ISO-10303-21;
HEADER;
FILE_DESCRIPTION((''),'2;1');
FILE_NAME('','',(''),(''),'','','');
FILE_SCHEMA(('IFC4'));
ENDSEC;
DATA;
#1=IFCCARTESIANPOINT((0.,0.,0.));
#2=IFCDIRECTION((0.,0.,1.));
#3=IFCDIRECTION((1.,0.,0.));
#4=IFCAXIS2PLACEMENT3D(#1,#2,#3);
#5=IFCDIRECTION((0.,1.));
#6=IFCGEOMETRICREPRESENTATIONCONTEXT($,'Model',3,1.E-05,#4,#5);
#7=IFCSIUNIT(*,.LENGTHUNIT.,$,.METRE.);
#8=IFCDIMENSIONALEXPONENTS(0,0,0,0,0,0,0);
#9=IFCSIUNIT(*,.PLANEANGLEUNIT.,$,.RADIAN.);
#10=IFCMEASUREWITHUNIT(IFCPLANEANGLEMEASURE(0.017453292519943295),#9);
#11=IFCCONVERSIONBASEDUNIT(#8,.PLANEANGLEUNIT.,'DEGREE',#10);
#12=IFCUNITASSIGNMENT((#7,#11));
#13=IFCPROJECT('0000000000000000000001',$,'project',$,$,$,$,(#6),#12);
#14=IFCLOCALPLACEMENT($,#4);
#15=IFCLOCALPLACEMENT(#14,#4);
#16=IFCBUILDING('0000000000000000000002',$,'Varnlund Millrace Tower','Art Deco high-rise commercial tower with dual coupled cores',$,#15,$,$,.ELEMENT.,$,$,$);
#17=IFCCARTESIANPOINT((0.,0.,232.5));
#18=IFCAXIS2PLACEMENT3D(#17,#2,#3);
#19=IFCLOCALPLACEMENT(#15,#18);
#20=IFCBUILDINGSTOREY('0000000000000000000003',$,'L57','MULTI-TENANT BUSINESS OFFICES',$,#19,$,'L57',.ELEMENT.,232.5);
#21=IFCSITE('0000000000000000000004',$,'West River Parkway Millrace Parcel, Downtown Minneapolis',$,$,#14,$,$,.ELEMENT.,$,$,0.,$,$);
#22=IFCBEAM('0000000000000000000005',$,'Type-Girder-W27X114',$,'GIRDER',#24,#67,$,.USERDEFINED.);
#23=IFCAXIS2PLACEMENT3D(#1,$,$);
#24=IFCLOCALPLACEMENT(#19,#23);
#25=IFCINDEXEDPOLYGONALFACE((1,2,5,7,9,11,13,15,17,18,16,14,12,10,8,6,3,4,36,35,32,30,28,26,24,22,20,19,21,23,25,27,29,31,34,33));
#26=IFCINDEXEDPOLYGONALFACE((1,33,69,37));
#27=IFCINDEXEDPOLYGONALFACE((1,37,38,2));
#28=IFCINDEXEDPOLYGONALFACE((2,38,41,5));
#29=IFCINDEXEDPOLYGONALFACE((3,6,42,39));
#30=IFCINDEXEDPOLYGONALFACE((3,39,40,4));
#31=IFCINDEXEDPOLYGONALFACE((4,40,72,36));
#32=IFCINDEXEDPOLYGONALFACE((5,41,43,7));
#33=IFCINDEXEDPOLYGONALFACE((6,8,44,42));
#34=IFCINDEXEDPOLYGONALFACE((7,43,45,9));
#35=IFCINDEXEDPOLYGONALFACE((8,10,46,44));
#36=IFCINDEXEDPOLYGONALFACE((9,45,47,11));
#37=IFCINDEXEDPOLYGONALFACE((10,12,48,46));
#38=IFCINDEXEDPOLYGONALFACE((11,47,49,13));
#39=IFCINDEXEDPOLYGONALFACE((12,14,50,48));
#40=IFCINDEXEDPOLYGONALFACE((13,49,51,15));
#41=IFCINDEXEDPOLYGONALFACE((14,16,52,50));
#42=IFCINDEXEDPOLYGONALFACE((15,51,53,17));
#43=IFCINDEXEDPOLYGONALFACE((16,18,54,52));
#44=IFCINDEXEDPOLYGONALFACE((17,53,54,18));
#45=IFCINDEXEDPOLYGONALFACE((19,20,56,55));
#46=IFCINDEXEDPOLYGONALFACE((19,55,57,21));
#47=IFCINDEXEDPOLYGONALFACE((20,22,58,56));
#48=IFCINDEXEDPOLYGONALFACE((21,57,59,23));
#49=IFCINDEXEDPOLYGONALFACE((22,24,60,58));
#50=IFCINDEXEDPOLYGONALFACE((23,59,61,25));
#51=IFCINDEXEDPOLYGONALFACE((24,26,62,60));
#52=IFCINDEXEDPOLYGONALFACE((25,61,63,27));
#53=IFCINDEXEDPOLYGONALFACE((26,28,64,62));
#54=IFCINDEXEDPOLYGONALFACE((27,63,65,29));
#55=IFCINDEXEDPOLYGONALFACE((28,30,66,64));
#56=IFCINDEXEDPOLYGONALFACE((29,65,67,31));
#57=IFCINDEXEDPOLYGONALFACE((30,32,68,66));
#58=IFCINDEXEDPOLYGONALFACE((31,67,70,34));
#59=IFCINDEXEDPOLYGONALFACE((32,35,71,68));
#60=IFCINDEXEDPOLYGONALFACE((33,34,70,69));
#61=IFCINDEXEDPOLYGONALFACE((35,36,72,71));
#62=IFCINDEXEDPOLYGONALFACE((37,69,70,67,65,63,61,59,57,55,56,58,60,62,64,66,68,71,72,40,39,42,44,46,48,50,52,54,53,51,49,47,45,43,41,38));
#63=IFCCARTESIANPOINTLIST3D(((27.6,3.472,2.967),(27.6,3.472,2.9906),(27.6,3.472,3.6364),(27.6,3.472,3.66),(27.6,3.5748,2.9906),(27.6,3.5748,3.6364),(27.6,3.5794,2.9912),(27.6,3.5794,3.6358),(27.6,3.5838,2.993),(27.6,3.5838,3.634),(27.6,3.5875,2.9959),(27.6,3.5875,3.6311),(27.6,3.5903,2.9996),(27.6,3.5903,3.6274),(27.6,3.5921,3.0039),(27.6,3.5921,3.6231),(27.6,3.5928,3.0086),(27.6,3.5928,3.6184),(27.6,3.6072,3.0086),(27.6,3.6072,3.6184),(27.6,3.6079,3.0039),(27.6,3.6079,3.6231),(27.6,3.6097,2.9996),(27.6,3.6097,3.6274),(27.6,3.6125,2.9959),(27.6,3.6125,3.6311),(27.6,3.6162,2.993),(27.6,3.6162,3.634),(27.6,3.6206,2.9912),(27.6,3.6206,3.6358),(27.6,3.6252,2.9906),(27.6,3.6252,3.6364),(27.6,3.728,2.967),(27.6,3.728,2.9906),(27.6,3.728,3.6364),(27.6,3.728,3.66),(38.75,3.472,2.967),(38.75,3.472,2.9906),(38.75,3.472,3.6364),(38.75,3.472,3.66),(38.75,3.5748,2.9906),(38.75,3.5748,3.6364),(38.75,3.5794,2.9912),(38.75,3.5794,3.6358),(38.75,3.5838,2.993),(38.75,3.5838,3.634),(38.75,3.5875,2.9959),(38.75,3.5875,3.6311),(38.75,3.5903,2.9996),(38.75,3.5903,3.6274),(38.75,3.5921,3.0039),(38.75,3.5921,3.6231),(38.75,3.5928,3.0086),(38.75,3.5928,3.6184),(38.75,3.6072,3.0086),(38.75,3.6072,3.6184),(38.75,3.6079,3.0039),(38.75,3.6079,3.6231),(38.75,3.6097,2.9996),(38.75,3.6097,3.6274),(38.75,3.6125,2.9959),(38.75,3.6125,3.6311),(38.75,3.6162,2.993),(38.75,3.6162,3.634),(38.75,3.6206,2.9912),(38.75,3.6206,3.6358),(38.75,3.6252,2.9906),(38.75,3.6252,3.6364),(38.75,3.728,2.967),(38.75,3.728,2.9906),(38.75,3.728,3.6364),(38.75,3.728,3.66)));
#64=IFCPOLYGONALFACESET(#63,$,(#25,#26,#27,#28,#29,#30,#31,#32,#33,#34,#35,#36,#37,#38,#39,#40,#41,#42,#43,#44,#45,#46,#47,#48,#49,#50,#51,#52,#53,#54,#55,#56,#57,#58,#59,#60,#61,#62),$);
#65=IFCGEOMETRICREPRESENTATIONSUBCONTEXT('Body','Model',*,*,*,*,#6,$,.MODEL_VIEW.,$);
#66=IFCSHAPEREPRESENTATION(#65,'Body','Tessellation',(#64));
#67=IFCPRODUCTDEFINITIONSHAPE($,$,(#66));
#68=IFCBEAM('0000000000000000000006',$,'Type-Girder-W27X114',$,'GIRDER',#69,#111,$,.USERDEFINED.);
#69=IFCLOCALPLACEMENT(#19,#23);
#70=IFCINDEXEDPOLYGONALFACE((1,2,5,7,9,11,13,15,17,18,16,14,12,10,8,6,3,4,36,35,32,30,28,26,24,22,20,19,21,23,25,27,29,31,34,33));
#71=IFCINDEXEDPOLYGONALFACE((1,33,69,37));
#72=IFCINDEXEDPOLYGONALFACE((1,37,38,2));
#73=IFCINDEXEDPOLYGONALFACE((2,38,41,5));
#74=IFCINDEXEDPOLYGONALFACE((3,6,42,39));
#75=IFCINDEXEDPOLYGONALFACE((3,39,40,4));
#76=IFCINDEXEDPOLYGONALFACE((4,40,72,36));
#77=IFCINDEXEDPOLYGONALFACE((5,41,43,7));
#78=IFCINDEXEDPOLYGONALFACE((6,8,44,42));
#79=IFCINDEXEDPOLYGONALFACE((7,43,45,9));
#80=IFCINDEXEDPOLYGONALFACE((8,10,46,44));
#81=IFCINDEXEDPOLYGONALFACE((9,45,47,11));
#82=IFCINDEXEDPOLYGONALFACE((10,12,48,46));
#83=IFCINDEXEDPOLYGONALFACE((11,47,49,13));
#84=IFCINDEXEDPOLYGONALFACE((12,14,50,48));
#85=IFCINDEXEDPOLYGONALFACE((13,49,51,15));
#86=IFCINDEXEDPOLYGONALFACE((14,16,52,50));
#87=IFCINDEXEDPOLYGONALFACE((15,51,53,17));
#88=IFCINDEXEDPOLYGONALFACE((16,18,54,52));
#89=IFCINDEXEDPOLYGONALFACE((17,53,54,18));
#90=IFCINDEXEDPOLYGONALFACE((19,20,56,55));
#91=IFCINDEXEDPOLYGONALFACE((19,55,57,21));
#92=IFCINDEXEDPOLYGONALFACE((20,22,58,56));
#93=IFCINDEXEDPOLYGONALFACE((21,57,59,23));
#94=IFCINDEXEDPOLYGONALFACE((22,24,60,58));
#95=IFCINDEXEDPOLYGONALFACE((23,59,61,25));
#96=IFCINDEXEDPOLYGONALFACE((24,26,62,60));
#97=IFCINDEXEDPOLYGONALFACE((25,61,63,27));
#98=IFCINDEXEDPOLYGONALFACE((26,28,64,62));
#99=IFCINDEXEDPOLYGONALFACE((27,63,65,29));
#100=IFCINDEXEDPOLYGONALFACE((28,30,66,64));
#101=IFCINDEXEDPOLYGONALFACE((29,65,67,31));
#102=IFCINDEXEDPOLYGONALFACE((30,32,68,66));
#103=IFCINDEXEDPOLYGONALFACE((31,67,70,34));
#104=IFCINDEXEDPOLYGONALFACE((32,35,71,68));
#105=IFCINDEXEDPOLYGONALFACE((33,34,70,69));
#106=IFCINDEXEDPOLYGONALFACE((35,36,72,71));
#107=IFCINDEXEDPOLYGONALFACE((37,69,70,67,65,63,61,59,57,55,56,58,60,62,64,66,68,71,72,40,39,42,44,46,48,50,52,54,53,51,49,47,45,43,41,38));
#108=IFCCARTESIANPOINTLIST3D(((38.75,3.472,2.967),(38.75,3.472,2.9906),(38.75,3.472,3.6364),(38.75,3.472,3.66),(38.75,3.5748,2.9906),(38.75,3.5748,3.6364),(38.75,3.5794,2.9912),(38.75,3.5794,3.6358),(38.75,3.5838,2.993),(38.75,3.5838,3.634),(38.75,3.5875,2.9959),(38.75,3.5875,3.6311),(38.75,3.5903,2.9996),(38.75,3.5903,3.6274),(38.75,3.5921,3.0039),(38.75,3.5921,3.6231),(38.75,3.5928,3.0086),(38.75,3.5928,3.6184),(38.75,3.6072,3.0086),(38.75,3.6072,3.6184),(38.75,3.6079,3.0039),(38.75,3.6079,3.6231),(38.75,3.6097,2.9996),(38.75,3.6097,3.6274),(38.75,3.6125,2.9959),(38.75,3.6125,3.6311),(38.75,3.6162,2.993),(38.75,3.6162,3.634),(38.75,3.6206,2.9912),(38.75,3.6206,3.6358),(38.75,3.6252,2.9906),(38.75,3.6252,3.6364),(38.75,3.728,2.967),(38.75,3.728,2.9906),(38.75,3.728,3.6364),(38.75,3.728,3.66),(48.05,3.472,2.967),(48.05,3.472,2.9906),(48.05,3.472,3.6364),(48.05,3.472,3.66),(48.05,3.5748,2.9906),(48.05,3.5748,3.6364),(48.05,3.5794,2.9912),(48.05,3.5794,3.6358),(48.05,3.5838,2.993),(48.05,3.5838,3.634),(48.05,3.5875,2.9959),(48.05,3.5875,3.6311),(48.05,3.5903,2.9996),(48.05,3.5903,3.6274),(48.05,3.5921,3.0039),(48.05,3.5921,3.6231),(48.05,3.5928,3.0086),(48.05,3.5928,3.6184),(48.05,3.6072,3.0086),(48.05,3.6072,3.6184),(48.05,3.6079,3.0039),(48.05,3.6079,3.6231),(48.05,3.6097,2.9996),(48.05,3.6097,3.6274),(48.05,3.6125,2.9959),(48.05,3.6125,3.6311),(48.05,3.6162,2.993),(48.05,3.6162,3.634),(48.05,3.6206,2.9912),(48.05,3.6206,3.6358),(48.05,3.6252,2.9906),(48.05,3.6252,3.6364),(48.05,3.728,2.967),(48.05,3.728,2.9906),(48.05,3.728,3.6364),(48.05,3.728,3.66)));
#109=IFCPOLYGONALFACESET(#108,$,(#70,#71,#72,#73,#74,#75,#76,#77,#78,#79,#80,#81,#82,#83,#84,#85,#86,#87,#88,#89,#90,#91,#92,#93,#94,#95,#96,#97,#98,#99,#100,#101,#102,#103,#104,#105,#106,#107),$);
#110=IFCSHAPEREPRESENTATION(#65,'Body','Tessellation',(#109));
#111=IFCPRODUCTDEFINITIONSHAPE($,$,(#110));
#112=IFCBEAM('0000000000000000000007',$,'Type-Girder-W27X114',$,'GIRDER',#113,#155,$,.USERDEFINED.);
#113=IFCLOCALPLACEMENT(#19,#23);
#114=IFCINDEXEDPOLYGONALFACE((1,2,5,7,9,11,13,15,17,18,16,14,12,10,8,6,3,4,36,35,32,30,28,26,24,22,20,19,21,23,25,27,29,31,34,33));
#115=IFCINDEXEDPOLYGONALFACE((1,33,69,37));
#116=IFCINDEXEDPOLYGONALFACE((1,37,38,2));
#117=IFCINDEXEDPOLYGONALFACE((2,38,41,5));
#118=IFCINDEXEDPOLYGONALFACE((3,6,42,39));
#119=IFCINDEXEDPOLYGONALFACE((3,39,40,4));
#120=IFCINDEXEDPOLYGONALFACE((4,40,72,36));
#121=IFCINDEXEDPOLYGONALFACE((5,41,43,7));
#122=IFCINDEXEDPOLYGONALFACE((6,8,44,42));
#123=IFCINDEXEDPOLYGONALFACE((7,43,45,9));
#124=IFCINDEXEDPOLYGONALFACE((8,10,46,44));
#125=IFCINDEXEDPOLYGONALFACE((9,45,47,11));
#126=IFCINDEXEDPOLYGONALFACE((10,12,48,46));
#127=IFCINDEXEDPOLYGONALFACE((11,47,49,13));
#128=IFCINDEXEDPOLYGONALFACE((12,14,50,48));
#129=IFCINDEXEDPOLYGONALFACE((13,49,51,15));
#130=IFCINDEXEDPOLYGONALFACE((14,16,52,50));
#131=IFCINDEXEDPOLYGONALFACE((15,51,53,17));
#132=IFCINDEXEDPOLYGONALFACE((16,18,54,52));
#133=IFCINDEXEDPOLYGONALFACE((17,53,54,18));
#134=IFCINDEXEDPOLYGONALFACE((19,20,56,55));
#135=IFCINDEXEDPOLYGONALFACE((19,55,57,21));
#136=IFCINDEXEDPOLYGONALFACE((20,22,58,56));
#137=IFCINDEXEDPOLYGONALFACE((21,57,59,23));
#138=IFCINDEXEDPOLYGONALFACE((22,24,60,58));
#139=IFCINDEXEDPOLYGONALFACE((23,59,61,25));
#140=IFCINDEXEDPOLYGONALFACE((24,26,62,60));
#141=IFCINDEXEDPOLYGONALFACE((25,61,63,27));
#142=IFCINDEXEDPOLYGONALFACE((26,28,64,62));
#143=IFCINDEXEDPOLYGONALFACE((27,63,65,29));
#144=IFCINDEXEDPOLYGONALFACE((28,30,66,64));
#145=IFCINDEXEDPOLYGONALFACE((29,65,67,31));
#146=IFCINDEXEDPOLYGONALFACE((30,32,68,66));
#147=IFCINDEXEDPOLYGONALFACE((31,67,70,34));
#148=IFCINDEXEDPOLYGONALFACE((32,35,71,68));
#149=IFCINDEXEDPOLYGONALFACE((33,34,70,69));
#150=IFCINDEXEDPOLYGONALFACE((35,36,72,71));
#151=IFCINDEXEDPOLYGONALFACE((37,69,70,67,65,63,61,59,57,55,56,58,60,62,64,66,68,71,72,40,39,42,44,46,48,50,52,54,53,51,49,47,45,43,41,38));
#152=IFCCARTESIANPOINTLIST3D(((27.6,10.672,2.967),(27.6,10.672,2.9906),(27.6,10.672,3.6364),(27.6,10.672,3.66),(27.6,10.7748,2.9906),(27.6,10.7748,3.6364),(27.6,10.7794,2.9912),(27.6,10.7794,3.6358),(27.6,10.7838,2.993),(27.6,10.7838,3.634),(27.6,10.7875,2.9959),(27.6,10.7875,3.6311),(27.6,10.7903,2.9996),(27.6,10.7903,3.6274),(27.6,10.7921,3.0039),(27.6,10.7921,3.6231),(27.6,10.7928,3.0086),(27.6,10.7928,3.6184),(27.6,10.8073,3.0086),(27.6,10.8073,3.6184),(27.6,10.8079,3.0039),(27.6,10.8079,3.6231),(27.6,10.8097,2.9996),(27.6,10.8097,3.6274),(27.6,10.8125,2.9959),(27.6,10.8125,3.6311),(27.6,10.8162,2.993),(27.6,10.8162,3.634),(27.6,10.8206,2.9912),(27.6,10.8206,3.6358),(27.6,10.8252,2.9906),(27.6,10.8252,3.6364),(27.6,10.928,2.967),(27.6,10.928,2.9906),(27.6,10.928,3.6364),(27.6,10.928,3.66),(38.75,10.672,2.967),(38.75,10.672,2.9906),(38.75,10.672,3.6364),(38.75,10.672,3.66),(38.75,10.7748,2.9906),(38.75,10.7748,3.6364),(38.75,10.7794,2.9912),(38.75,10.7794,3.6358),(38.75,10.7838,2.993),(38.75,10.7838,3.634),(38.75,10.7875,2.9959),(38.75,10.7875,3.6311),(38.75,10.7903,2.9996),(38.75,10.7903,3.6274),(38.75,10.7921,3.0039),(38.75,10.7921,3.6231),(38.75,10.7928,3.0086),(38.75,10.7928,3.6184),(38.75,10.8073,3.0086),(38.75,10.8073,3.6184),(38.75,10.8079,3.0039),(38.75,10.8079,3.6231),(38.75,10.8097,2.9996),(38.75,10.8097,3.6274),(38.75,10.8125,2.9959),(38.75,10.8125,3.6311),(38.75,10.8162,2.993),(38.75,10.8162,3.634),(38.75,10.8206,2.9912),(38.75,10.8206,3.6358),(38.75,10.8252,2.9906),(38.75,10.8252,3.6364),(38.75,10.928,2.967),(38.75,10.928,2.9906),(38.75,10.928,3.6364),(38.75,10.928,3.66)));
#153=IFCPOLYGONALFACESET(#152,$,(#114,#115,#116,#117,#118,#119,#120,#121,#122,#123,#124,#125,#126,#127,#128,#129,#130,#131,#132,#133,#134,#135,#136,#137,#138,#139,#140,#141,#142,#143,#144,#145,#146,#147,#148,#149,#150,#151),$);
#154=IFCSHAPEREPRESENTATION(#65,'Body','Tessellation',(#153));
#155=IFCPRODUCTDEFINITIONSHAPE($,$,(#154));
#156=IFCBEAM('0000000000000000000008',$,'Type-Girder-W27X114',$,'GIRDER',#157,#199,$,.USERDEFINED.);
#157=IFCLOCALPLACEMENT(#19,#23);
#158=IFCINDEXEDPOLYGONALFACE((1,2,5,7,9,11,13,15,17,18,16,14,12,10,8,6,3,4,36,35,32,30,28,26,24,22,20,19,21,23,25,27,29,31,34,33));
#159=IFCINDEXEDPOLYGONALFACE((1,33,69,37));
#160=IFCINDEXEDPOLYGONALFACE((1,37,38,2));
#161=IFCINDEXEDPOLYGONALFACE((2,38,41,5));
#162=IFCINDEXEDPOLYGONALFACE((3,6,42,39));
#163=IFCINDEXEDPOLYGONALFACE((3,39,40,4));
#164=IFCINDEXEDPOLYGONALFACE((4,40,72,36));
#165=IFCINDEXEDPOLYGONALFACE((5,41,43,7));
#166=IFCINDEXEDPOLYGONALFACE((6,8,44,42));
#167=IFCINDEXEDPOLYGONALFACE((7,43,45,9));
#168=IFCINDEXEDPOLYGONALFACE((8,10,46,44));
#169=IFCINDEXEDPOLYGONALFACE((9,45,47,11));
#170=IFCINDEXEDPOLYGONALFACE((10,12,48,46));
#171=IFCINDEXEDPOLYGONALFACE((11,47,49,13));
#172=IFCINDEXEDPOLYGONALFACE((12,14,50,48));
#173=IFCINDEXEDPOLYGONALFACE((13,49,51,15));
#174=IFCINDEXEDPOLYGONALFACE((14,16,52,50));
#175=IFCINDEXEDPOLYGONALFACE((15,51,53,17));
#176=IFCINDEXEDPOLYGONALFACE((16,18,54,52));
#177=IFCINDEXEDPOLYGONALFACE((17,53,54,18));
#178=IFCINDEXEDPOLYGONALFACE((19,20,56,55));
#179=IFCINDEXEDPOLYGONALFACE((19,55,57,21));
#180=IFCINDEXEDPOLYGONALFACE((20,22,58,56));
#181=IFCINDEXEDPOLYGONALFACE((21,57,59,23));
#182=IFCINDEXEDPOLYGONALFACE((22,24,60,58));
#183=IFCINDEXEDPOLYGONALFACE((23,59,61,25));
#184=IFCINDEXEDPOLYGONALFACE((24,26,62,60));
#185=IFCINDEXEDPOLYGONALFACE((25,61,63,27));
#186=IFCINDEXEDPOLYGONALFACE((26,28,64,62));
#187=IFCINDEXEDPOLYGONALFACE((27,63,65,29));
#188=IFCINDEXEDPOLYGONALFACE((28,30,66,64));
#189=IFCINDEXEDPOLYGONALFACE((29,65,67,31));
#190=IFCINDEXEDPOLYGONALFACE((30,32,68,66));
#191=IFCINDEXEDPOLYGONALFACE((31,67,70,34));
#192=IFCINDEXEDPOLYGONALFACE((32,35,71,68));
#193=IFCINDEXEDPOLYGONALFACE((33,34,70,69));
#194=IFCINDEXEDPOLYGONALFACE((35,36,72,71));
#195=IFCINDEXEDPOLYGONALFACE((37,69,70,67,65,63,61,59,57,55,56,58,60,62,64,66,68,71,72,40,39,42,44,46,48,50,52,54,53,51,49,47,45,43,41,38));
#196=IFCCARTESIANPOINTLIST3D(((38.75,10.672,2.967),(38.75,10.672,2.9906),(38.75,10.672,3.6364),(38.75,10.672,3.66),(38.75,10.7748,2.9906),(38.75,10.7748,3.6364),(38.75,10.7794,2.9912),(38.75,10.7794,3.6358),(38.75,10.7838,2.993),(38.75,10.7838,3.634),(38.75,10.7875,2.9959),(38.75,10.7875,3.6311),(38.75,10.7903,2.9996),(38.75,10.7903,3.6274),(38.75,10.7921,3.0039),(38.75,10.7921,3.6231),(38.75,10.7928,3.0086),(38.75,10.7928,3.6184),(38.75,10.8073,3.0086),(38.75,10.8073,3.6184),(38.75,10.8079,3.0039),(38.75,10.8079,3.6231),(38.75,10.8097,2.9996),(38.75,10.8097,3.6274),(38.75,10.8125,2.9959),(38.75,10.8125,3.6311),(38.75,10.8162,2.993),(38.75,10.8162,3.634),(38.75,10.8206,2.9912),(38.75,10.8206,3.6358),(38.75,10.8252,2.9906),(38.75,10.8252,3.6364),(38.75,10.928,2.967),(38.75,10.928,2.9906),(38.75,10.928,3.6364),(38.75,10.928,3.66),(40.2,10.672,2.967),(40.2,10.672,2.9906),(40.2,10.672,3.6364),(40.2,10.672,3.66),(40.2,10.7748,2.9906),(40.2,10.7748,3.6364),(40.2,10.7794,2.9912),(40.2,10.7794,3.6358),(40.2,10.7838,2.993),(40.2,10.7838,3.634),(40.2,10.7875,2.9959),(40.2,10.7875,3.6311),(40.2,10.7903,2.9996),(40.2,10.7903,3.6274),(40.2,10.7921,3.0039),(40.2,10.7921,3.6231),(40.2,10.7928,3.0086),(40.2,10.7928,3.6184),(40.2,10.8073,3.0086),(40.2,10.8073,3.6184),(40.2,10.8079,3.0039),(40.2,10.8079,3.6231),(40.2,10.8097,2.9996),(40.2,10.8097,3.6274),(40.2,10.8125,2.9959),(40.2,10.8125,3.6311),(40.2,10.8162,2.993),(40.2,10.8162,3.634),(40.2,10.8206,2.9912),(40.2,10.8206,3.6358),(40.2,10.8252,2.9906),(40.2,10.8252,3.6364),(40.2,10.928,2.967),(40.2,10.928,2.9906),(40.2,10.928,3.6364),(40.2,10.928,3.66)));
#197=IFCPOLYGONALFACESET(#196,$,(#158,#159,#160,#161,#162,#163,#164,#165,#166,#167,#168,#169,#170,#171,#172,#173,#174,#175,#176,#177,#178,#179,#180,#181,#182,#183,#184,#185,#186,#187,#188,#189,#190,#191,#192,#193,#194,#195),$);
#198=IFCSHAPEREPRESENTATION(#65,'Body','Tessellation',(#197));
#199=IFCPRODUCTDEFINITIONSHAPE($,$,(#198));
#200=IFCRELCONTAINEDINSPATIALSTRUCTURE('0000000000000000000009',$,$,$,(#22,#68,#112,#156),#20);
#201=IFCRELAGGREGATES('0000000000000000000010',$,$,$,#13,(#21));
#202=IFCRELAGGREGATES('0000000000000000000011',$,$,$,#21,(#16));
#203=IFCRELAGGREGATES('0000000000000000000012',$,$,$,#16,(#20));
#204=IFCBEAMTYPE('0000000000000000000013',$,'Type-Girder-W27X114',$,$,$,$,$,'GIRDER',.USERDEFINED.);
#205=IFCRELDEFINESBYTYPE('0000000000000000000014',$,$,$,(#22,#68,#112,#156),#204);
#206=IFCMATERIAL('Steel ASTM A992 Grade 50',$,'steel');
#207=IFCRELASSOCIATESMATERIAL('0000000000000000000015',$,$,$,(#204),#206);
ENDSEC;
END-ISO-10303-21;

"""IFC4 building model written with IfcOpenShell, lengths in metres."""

from ifc_helpers import new_model, entity, si_unit, converted_unit, direction, frame, origin_with_axes, origin_2d_with_axis, place, context, subcontext, project, spatial, i_section, extrude, material, material_profile, profile_set, type_object, element, save


model = new_model("IFC4")

# Units and contexts
model_context = context("Model", 3, precision=1e-05, world=origin_with_axes(), true_north=direction((0.0, 1.0)))
body_context = subcontext(model_context, "Body", "Model", "MODEL_VIEW")
ifc_project = project(units=[si_unit("LENGTHUNIT", "METRE"), converted_unit("PLANEANGLEUNIT", "DEGREE", entity("IfcPlaneAngleMeasure", 0.017453292519943295), si_unit("PLANEANGLEUNIT", "RADIAN"), dimensions=[0, 0, 0, 0, 0, 0, 0])], contexts=[model_context])

# Site, building, storey
site_placement = place(None, origin_with_axes())
site = spatial("IfcSite", under=ifc_project, at=site_placement, Name="West River Parkway Millrace Parcel, Downtown Minneapolis", CompositionType="ELEMENT", RefElevation=0.0)
building_placement = place(site_placement, origin_with_axes())
building = spatial("IfcBuilding", under=site, at=building_placement, Name="Varnlund Millrace Tower", Description="Art Deco high-rise commercial tower with dual coupled cores", CompositionType="ELEMENT")
storey_placement = place(building_placement, frame((0.0, 0.0, 232.5), z_axis=(0.0, 0.0, 1.0), x_axis=(1.0, 0.0, 0.0)))
storey = spatial("IfcBuildingStorey", under=building, at=storey_placement, Name="L57", Description="MULTI-TENANT BUSINESS OFFICES", LongName="L57", CompositionType="ELEMENT", Elevation=232.5)

# Beams
ifc_material_1 = material(Name="Steel ASTM A992 Grade 50", Category="steel")
ifc_material_profile_1 = material_profile(ifc_material_1, i_section(OverallWidth=0.256, OverallDepth=0.693, WebThickness=0.0145, FlangeThickness=0.0236, FilletRadius=0.018, at=origin_2d_with_axis()), Name="Steel ASTM A992 Grade 50")
ifc_profile_set_1 = profile_set([ifc_material_profile_1], Name="Steel ASTM A992 Grade 50")
beam_type_1 = type_object("IfcBeamType", Name="Type-Girder-W27X114", ElementType="GIRDER", PredefinedType="USERDEFINED", material=ifc_profile_set_1)
beam_1_placement = place(storey_placement, frame((27.6, 3.6, 3.3135), z_axis=(1.0, 0.0, 0.0), x_axis=(0.0, 1.0, 0.0)))
element("IfcBeam", 1, at=beam_1_placement, inside=storey, type_object=beam_type_1, Name="Type-Girder-W27X114", ObjectType="GIRDER", PredefinedType="USERDEFINED", context=body_context, shape_type="SweptSolid", body=[
    extrude(i_section(OverallWidth=0.256, OverallDepth=0.693, WebThickness=0.0145, FlangeThickness=0.0236, FilletRadius=0.018, at=origin_2d_with_axis()), origin_with_axes(), (0.0, 0.0, 1.0), 11.15),
])
beam_2_placement = place(storey_placement, frame((38.75, 3.6, 3.3135), z_axis=(1.0, 0.0, 0.0), x_axis=(0.0, 1.0, 0.0)))
element("IfcBeam", 2, at=beam_2_placement, inside=storey, type_object=beam_type_1, Name="Type-Girder-W27X114", ObjectType="GIRDER", PredefinedType="USERDEFINED", context=body_context, shape_type="SweptSolid", body=[
    extrude(i_section(OverallWidth=0.256, OverallDepth=0.693, WebThickness=0.0145, FlangeThickness=0.0236, FilletRadius=0.018, at=origin_2d_with_axis()), origin_with_axes(), (0.0, 0.0, 1.0), 9.3),
])
beam_3_placement = place(storey_placement, frame((27.6, 10.8, 3.3135), z_axis=(1.0, 0.0, 0.0), x_axis=(0.0, 1.0, 0.0)))
element("IfcBeam", 3, at=beam_3_placement, inside=storey, type_object=beam_type_1, Name="Type-Girder-W27X114", ObjectType="GIRDER", PredefinedType="USERDEFINED", context=body_context, shape_type="SweptSolid", body=[
    extrude(i_section(OverallWidth=0.256, OverallDepth=0.693, WebThickness=0.0145, FlangeThickness=0.0236, FilletRadius=0.018, at=origin_2d_with_axis()), origin_with_axes(), (0.0, 0.0, 1.0), 11.15),
])
beam_4_placement = place(storey_placement, frame((38.75, 10.8, 3.3135), z_axis=(1.0, 0.0, 0.0), x_axis=(0.0, 1.0, 0.0)))
element("IfcBeam", 4, at=beam_4_placement, inside=storey, type_object=beam_type_1, Name="Type-Girder-W27X114", ObjectType="GIRDER", PredefinedType="USERDEFINED", context=body_context, shape_type="SweptSolid", body=[
    extrude(i_section(OverallWidth=0.256, OverallDepth=0.693, WebThickness=0.0145, FlangeThickness=0.0236, FilletRadius=0.018, at=origin_2d_with_axis()), origin_with_axes(), (0.0, 0.0, 1.0), 1.45),
])

save(model, "model.ifc")
